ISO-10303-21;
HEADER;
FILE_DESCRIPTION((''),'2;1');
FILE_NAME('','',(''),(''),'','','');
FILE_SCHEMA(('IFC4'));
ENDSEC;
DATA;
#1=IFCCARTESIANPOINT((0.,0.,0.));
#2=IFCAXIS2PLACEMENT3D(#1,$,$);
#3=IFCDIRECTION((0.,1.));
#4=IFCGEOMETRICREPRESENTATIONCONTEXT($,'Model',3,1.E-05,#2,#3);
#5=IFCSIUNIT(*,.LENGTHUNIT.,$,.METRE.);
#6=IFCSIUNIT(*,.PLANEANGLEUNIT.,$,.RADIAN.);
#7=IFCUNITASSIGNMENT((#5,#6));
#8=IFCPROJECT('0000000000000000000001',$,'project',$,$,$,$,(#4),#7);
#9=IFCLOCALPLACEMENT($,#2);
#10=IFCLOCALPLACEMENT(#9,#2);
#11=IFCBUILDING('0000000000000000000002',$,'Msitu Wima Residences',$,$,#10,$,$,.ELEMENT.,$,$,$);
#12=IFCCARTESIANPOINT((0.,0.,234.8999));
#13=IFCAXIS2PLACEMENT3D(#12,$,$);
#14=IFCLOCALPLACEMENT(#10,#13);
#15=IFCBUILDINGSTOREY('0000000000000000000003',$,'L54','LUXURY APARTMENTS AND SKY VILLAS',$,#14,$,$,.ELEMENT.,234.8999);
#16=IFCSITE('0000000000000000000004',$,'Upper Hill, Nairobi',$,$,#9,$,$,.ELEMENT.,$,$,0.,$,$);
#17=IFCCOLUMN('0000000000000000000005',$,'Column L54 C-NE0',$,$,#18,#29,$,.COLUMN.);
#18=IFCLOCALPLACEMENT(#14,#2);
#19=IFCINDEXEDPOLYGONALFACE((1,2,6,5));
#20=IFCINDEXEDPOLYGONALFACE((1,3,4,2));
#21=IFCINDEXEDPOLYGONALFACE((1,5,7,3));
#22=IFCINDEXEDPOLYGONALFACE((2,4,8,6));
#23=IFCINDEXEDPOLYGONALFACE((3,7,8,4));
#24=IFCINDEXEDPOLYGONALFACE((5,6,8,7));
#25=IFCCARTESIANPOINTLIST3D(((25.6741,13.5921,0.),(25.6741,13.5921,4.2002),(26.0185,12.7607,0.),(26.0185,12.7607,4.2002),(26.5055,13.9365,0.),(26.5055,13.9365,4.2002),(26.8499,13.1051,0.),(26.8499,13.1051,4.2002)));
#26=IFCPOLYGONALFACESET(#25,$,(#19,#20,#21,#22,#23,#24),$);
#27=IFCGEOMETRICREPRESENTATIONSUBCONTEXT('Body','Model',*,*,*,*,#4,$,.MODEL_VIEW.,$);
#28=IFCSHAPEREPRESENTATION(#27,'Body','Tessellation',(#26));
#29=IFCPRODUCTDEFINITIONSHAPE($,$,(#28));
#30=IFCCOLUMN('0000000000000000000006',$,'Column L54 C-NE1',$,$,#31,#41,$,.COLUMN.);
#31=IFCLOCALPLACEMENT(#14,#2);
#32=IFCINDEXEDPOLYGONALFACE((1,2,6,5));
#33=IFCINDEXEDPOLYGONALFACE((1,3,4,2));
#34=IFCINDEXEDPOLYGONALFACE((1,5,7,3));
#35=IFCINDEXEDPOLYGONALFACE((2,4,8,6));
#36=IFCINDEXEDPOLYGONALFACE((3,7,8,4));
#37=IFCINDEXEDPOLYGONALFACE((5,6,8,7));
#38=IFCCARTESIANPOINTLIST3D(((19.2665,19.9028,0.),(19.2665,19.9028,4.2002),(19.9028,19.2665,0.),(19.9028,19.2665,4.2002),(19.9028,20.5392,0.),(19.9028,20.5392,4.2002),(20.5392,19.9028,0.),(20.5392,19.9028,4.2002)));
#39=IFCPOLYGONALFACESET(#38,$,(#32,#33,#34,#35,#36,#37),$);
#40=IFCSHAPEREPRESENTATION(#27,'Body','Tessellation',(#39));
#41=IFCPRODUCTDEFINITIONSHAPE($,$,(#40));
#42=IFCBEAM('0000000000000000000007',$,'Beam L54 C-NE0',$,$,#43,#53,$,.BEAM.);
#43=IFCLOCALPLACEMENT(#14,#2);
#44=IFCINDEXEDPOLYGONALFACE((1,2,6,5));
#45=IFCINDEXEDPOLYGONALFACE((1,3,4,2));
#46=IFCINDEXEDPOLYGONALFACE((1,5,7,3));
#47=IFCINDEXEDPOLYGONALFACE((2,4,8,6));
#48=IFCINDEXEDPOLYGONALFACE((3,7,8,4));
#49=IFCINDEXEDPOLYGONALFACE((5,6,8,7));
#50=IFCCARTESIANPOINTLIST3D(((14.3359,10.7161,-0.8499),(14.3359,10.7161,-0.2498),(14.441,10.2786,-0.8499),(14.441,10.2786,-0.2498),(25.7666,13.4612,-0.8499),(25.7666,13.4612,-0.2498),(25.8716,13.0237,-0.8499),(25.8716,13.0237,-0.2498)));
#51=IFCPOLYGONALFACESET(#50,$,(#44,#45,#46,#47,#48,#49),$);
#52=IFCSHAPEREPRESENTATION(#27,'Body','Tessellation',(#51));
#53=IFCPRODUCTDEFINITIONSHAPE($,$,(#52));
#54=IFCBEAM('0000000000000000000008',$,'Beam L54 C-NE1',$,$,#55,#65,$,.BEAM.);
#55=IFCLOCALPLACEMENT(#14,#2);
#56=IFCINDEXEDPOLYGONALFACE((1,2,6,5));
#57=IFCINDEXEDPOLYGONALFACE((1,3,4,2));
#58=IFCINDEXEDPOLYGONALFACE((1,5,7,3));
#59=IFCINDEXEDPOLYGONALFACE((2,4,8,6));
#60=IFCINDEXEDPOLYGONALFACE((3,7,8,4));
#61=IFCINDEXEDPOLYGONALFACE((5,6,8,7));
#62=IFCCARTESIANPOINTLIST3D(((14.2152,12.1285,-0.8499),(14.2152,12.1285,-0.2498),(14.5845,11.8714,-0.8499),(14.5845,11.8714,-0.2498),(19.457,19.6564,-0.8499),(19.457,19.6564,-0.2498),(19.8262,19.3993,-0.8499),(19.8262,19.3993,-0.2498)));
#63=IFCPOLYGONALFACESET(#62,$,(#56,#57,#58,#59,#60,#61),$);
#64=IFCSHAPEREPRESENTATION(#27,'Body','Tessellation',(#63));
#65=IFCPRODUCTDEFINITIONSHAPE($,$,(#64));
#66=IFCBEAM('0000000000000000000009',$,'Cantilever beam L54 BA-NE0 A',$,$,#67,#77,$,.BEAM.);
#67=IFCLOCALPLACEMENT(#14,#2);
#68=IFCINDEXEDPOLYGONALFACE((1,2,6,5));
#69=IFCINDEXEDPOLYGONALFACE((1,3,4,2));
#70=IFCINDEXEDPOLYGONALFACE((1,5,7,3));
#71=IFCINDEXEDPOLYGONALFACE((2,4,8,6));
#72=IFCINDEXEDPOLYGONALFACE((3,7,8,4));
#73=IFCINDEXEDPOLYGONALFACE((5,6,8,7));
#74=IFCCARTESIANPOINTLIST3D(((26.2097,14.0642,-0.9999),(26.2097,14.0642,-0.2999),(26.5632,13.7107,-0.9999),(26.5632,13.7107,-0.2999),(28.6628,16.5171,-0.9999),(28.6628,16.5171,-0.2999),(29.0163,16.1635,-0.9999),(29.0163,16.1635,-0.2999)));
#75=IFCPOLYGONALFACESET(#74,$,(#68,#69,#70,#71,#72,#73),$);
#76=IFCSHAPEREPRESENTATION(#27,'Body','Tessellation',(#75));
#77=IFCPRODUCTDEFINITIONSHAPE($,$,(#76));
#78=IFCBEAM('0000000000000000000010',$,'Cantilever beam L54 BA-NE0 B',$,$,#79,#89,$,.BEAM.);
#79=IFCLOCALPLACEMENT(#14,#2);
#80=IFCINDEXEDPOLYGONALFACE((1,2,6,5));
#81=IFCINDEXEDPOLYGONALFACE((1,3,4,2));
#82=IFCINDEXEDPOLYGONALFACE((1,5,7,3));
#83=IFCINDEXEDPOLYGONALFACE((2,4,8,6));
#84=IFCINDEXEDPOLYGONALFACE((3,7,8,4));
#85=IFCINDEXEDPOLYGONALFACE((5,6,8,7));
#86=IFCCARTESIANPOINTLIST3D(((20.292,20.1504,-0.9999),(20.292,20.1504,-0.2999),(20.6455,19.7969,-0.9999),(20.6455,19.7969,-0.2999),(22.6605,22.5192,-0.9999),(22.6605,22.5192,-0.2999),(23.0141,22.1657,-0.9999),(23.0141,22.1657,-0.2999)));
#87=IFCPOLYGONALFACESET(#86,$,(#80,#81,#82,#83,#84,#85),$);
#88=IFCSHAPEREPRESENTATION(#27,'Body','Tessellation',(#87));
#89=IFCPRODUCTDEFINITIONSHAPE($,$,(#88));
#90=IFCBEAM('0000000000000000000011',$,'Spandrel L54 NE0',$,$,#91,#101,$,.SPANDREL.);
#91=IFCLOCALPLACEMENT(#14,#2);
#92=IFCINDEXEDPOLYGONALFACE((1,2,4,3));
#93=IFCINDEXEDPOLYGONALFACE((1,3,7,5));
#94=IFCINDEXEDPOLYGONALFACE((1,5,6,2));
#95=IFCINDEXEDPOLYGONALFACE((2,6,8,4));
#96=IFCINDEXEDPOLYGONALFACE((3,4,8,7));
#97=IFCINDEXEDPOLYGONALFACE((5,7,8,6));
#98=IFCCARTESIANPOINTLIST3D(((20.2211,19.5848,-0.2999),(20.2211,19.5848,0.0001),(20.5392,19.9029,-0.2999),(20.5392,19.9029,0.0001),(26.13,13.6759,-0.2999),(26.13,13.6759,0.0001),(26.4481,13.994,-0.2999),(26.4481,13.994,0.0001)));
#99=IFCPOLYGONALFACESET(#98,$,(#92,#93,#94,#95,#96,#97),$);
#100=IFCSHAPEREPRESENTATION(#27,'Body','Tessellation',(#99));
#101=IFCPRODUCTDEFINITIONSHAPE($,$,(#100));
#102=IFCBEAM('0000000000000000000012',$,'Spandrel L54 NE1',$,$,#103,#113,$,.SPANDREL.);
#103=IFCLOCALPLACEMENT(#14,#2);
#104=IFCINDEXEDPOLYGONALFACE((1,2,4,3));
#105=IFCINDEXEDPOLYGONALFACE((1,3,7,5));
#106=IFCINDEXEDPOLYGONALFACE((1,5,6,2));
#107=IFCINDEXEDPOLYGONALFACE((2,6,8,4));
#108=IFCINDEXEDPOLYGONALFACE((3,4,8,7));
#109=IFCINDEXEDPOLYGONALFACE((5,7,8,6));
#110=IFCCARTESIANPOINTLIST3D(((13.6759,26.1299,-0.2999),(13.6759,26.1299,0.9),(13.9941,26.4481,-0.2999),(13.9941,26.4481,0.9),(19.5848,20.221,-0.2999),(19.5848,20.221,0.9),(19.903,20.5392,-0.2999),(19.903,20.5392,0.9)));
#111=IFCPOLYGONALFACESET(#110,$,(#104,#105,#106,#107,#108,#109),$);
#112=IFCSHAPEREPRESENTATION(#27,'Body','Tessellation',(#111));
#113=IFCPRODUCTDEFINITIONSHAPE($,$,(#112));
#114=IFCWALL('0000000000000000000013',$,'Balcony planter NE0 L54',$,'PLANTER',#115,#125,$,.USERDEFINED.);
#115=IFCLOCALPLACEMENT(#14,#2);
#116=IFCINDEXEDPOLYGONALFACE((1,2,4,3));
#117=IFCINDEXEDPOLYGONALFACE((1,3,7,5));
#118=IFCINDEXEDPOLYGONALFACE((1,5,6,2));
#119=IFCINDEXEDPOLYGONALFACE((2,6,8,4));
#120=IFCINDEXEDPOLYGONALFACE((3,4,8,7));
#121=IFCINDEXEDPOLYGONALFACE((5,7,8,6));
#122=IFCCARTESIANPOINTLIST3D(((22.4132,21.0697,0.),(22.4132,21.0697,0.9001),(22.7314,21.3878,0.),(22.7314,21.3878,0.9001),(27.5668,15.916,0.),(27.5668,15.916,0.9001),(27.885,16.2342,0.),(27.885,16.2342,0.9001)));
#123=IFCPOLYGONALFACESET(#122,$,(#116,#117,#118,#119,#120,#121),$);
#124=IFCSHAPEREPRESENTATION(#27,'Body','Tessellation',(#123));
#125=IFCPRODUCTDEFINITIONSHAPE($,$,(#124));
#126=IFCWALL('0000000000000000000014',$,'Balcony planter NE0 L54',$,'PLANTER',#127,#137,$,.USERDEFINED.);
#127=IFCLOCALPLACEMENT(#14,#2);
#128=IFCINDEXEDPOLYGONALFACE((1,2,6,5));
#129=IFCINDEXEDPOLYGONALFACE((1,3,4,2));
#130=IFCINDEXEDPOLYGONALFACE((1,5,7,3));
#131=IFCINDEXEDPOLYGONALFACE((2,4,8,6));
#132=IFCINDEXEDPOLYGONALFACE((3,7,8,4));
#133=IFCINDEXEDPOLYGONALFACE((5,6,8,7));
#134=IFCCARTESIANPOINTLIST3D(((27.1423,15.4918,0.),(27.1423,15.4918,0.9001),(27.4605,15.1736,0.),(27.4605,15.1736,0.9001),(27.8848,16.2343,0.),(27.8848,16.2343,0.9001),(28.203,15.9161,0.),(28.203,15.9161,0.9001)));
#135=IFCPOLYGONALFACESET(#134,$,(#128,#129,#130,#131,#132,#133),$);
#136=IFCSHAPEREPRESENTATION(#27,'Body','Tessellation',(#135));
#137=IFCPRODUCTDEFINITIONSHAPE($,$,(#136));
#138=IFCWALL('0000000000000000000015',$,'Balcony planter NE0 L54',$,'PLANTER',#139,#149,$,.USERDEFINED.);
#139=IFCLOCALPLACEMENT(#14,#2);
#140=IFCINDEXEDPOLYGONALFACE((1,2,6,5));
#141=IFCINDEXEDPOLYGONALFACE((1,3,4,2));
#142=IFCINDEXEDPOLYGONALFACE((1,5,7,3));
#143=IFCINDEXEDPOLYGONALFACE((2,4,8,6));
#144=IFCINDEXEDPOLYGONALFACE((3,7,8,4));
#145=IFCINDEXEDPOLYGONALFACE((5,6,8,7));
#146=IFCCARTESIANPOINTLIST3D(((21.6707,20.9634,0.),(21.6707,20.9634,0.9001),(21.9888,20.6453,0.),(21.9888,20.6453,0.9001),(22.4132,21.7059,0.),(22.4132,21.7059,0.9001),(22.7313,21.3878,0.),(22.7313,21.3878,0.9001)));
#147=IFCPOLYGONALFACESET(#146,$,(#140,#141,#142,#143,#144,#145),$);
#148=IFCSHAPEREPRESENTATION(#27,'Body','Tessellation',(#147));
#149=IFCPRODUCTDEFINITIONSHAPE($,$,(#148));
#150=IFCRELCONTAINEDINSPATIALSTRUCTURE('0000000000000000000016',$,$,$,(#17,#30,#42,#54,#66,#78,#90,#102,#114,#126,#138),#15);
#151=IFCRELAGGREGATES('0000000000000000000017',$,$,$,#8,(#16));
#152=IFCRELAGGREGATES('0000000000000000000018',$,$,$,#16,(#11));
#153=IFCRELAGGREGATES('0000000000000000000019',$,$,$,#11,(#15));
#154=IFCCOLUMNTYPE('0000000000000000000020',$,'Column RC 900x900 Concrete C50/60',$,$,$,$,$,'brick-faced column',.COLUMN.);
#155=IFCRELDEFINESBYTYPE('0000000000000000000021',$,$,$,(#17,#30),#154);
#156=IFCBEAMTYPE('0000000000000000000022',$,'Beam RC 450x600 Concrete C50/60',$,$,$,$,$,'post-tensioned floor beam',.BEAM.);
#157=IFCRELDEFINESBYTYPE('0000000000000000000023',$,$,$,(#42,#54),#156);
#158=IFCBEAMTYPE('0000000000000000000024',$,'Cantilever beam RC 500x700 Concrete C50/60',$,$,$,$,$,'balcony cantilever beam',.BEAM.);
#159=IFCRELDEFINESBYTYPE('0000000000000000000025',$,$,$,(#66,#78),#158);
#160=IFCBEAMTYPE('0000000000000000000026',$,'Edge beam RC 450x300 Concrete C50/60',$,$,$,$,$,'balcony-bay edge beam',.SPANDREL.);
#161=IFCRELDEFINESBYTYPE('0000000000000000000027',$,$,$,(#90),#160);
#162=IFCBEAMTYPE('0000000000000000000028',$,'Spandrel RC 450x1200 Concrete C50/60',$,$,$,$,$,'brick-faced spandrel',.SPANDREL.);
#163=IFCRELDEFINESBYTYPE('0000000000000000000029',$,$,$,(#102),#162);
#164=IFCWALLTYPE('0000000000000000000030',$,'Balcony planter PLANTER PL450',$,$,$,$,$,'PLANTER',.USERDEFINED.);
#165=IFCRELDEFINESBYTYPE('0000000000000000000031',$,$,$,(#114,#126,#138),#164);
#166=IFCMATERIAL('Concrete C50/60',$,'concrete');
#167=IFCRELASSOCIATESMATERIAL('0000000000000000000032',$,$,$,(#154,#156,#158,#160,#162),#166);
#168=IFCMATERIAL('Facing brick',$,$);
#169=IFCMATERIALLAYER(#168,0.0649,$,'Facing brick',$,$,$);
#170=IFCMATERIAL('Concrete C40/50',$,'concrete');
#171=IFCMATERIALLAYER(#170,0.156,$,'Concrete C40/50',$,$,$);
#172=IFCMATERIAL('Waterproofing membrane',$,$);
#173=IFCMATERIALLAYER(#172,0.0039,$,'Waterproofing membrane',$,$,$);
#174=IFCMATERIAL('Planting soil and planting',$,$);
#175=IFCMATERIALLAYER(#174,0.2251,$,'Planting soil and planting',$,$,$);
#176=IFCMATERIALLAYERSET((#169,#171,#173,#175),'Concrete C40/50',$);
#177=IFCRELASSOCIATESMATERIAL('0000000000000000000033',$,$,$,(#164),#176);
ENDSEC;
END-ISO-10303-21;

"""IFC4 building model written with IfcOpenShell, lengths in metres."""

from ifc_helpers import new_model, si_unit, direction, frame, frame_2d, origin, origin_2d, place, context, subcontext, project, spatial, rectangle, extrude, material, layer, layer_set, material_profile, profile_set, type_object, element, save


model = new_model("IFC4")

# Units and contexts
model_context = context("Model", 3, precision=1e-05, world=origin(), true_north=direction((0.0, 1.0)))
body_context = subcontext(model_context, "Body", "Model", "MODEL_VIEW")
ifc_project = project(units=[si_unit("LENGTHUNIT", "METRE"), si_unit("PLANEANGLEUNIT", "RADIAN")], contexts=[model_context])

# Site, building, storey
site_placement = place(None, origin())
site = spatial("IfcSite", under=ifc_project, at=site_placement, Name="Upper Hill, Nairobi", CompositionType="ELEMENT", RefElevation=0.0)
building_placement = place(site_placement, origin())
building = spatial("IfcBuilding", under=site, at=building_placement, Name="Msitu Wima Residences", CompositionType="ELEMENT")
storey_placement = place(building_placement, frame((0.0, 0.0, 234.8999)))
storey = spatial("IfcBuildingStorey", under=building, at=storey_placement, Name="L54", Description="LUXURY APARTMENTS AND SKY VILLAS", CompositionType="ELEMENT", Elevation=234.8999)

# Columns
ifc_material_1 = material(Name="Concrete C50/60", Category="concrete")
ifc_material_profile_1 = material_profile(ifc_material_1, rectangle(XDim=0.8999, YDim=0.8999, at=origin_2d()), Name="RC 900x900")
ifc_profile_set_1 = profile_set([ifc_material_profile_1], Name="Concrete C50/60")
column_type = type_object("IfcColumnType", Name="Column RC 900x900 Concrete C50/60", ElementType="brick-faced column", PredefinedType="COLUMN", material=ifc_profile_set_1)
for number, where, z_axis, x_axis, name in (
    (1, (26.262, 13.3486, 0.0), (0.0, 0.0, 1.0), (-0.382683, 0.92388, 0.0), "Column L54 C-NE0"),
    (2, (19.9028, 19.9028, 0.0), (0.0, 0.0, 1.0), (-0.707107, 0.707107, 0.0), "Column L54 C-NE1"),
):
    element("IfcColumn", number, at=place(storey_placement, frame(where, z_axis=z_axis, x_axis=x_axis)), inside=storey, type_object=column_type, Name=name, PredefinedType="COLUMN", context=body_context, shape_type="SweptSolid", body=[
        extrude(rectangle(XDim=0.8999, YDim=0.8999, at=origin_2d()), origin(), (0.0, 0.0, 1.0), 4.2002),
    ])

# Beams
ifc_material_profile_2 = material_profile(ifc_material_1, rectangle(XDim=0.45, YDim=0.6001, at=origin_2d()), Name="RC 450x600")
ifc_profile_set_2 = profile_set([ifc_material_profile_2], Name="Concrete C50/60")
beam_type_1 = type_object("IfcBeamType", Name="Beam RC 450x600 Concrete C50/60", ElementType="post-tensioned floor beam", PredefinedType="BEAM", material=ifc_profile_set_2)
beam_1_placement = place(storey_placement, frame((25.8191, 13.2424, -0.5498), z_axis=(-0.972353, -0.233514, 0.0), x_axis=(0.233514, -0.972353, 0.0)))
element("IfcBeam", 3, at=beam_1_placement, inside=storey, type_object=beam_type_1, Name="Beam L54 C-NE0", PredefinedType="BEAM", context=body_context, shape_type="SweptSolid", body=[
    extrude(rectangle(XDim=0.45, YDim=0.6001, at=origin_2d()), origin(), (0.0, 0.0, 1.0), 11.7556),
])
beam_2_placement = place(storey_placement, frame((19.6416, 19.5278, -0.5498), z_axis=(-0.571428, -0.820652, 0.0), x_axis=(0.820652, -0.571428, 0.0)))
element("IfcBeam", 4, at=beam_2_placement, inside=storey, type_object=beam_type_1, Name="Beam L54 C-NE1", PredefinedType="BEAM", context=body_context, shape_type="SweptSolid", body=[
    extrude(rectangle(XDim=0.45, YDim=0.6001, at=origin_2d()), origin(), (0.0, 0.0, 1.0), 9.1731),
])
ifc_material_profile_3 = material_profile(ifc_material_1, rectangle(XDim=0.5, YDim=0.7, at=origin_2d()), Name="RC 500x700")
ifc_profile_set_3 = profile_set([ifc_material_profile_3], Name="Concrete C50/60")
beam_type_2 = type_object("IfcBeamType", Name="Cantilever beam RC 500x700 Concrete C50/60", ElementType="balcony cantilever beam", PredefinedType="BEAM", material=ifc_profile_set_3)
beam_3_placement = place(storey_placement, frame((26.3865, 13.8875, -0.6499), z_axis=(0.707142, 0.707072, 0.0), x_axis=(-0.707072, 0.707142, 0.0)))
element("IfcBeam", 5, at=beam_3_placement, inside=storey, type_object=beam_type_2, Name="Cantilever beam L54 BA-NE0 A", PredefinedType="BEAM", context=body_context, shape_type="SweptSolid", body=[
    extrude(rectangle(XDim=0.5, YDim=0.7, at=origin_2d()), origin(), (0.0, 0.0, 1.0), 3.469),
])
beam_4_placement = place(storey_placement, frame((20.4688, 19.9736, -0.6499), z_axis=(0.70707, 0.707143, 0.0), x_axis=(-0.707143, 0.70707, 0.0)))
element("IfcBeam", 6, at=beam_4_placement, inside=storey, type_object=beam_type_2, Name="Cantilever beam L54 BA-NE0 B", PredefinedType="BEAM", context=body_context, shape_type="SweptSolid", body=[
    extrude(rectangle(XDim=0.5, YDim=0.7, at=origin_2d()), origin(), (0.0, 0.0, 1.0), 3.3499),
])
ifc_material_profile_4 = material_profile(ifc_material_1, rectangle(XDim=0.45, YDim=0.3, at=origin_2d()), Name="RC 450x300")
ifc_profile_set_4 = profile_set([ifc_material_profile_4], Name="Concrete C50/60")
beam_type_3 = type_object("IfcBeamType", Name="Edge beam RC 450x300 Concrete C50/60", ElementType="balcony-bay edge beam", PredefinedType="SPANDREL", material=ifc_profile_set_4)
beam_5_placement = place(storey_placement, frame((26.2891, 13.835, -0.1499), z_axis=(-0.707107, 0.707107, 0.0), x_axis=(-0.707107, -0.707107, 0.0)))
element("IfcBeam", 7, at=beam_5_placement, inside=storey, type_object=beam_type_3, Name="Spandrel L54 NE0", PredefinedType="SPANDREL", context=body_context, shape_type="SweptSolid", body=[
    extrude(rectangle(XDim=0.45, YDim=0.3, at=origin_2d()), origin(), (0.0, 0.0, 1.0), 8.3564),
])
ifc_material_profile_5 = material_profile(ifc_material_1, rectangle(XDim=0.45, YDim=1.2, at=origin_2d()), Name="RC 450x1200")
ifc_profile_set_5 = profile_set([ifc_material_profile_5], Name="Concrete C50/60")
beam_type_4 = type_object("IfcBeamType", Name="Spandrel RC 450x1200 Concrete C50/60", ElementType="brick-faced spandrel", PredefinedType="SPANDREL", material=ifc_profile_set_5)
beam_6_placement = place(storey_placement, frame((19.7439, 20.3801, 0.3), z_axis=(-0.707107, 0.707107, 0.0), x_axis=(-0.707107, -0.707107, 0.0)))
element("IfcBeam", 8, at=beam_6_placement, inside=storey, type_object=beam_type_4, Name="Spandrel L54 NE1", PredefinedType="SPANDREL", context=body_context, shape_type="SweptSolid", body=[
    extrude(rectangle(XDim=0.45, YDim=1.2, at=origin_2d()), origin(), (0.0, 0.0, 1.0), 8.3564),
])

# Walls
ifc_material_2 = material(Name="Facing brick")
ifc_layer_1 = layer(ifc_material_2, 0.0649, Name="Facing brick")
ifc_material_3 = material(Name="Concrete C40/50", Category="concrete")
ifc_layer_2 = layer(ifc_material_3, 0.156, Name="Concrete C40/50")
ifc_material_4 = material(Name="Waterproofing membrane")
ifc_layer_3 = layer(ifc_material_4, 0.0039, Name="Waterproofing membrane")
ifc_material_5 = material(Name="Planting soil and planting")
ifc_layer_4 = layer(ifc_material_5, 0.2251, Name="Planting soil and planting")
ifc_layer_set_1 = layer_set([ifc_layer_1, ifc_layer_2, ifc_layer_3, ifc_layer_4], Name="Concrete C40/50")
wall_type_1 = type_object("IfcWallType", Name="Balcony planter PLANTER PL450", ElementType="PLANTER", PredefinedType="USERDEFINED", material=ifc_layer_set_1)
wall_1_placement = place(storey_placement, frame((27.7258, 16.0752, 0.0), z_axis=(0.0, 0.0, 1.0), x_axis=(-0.707107, 0.707107, 0.0)))
element("IfcWall", 9, at=wall_1_placement, inside=storey, type_object=wall_type_1, Name="Balcony planter NE0 L54", ObjectType="PLANTER", PredefinedType="USERDEFINED", context=body_context, shape_type="SweptSolid", body=[
    extrude(rectangle(XDim=7.2883, YDim=0.45, at=frame_2d((3.644, 0.0))), origin(), (0.0, 0.0, 1.0), 0.9001),
])
for number, where, z_axis, x_axis, name in (
    (10, (27.3015, 15.3328, 0.0), (0.0, 0.0, 1.0), (0.707107, 0.707107, 0.0), "Balcony planter NE0 L54"),
    (11, (21.8298, 20.8044, 0.0), (0.0, 0.0, 1.0), (0.707107, 0.707107, 0.0), "Balcony planter NE0 L54"),
):
    element("IfcWall", number, at=place(storey_placement, frame(where, z_axis=z_axis, x_axis=x_axis)), inside=storey, type_object=wall_type_1, Name=name, ObjectType="PLANTER", PredefinedType="USERDEFINED", context=body_context, shape_type="SweptSolid", body=[
        extrude(rectangle(XDim=1.05, YDim=0.45, at=frame_2d((0.5249, 0.0))), origin(), (0.0, 0.0, 1.0), 0.9001),
    ])

save(model, "model.ifc")
